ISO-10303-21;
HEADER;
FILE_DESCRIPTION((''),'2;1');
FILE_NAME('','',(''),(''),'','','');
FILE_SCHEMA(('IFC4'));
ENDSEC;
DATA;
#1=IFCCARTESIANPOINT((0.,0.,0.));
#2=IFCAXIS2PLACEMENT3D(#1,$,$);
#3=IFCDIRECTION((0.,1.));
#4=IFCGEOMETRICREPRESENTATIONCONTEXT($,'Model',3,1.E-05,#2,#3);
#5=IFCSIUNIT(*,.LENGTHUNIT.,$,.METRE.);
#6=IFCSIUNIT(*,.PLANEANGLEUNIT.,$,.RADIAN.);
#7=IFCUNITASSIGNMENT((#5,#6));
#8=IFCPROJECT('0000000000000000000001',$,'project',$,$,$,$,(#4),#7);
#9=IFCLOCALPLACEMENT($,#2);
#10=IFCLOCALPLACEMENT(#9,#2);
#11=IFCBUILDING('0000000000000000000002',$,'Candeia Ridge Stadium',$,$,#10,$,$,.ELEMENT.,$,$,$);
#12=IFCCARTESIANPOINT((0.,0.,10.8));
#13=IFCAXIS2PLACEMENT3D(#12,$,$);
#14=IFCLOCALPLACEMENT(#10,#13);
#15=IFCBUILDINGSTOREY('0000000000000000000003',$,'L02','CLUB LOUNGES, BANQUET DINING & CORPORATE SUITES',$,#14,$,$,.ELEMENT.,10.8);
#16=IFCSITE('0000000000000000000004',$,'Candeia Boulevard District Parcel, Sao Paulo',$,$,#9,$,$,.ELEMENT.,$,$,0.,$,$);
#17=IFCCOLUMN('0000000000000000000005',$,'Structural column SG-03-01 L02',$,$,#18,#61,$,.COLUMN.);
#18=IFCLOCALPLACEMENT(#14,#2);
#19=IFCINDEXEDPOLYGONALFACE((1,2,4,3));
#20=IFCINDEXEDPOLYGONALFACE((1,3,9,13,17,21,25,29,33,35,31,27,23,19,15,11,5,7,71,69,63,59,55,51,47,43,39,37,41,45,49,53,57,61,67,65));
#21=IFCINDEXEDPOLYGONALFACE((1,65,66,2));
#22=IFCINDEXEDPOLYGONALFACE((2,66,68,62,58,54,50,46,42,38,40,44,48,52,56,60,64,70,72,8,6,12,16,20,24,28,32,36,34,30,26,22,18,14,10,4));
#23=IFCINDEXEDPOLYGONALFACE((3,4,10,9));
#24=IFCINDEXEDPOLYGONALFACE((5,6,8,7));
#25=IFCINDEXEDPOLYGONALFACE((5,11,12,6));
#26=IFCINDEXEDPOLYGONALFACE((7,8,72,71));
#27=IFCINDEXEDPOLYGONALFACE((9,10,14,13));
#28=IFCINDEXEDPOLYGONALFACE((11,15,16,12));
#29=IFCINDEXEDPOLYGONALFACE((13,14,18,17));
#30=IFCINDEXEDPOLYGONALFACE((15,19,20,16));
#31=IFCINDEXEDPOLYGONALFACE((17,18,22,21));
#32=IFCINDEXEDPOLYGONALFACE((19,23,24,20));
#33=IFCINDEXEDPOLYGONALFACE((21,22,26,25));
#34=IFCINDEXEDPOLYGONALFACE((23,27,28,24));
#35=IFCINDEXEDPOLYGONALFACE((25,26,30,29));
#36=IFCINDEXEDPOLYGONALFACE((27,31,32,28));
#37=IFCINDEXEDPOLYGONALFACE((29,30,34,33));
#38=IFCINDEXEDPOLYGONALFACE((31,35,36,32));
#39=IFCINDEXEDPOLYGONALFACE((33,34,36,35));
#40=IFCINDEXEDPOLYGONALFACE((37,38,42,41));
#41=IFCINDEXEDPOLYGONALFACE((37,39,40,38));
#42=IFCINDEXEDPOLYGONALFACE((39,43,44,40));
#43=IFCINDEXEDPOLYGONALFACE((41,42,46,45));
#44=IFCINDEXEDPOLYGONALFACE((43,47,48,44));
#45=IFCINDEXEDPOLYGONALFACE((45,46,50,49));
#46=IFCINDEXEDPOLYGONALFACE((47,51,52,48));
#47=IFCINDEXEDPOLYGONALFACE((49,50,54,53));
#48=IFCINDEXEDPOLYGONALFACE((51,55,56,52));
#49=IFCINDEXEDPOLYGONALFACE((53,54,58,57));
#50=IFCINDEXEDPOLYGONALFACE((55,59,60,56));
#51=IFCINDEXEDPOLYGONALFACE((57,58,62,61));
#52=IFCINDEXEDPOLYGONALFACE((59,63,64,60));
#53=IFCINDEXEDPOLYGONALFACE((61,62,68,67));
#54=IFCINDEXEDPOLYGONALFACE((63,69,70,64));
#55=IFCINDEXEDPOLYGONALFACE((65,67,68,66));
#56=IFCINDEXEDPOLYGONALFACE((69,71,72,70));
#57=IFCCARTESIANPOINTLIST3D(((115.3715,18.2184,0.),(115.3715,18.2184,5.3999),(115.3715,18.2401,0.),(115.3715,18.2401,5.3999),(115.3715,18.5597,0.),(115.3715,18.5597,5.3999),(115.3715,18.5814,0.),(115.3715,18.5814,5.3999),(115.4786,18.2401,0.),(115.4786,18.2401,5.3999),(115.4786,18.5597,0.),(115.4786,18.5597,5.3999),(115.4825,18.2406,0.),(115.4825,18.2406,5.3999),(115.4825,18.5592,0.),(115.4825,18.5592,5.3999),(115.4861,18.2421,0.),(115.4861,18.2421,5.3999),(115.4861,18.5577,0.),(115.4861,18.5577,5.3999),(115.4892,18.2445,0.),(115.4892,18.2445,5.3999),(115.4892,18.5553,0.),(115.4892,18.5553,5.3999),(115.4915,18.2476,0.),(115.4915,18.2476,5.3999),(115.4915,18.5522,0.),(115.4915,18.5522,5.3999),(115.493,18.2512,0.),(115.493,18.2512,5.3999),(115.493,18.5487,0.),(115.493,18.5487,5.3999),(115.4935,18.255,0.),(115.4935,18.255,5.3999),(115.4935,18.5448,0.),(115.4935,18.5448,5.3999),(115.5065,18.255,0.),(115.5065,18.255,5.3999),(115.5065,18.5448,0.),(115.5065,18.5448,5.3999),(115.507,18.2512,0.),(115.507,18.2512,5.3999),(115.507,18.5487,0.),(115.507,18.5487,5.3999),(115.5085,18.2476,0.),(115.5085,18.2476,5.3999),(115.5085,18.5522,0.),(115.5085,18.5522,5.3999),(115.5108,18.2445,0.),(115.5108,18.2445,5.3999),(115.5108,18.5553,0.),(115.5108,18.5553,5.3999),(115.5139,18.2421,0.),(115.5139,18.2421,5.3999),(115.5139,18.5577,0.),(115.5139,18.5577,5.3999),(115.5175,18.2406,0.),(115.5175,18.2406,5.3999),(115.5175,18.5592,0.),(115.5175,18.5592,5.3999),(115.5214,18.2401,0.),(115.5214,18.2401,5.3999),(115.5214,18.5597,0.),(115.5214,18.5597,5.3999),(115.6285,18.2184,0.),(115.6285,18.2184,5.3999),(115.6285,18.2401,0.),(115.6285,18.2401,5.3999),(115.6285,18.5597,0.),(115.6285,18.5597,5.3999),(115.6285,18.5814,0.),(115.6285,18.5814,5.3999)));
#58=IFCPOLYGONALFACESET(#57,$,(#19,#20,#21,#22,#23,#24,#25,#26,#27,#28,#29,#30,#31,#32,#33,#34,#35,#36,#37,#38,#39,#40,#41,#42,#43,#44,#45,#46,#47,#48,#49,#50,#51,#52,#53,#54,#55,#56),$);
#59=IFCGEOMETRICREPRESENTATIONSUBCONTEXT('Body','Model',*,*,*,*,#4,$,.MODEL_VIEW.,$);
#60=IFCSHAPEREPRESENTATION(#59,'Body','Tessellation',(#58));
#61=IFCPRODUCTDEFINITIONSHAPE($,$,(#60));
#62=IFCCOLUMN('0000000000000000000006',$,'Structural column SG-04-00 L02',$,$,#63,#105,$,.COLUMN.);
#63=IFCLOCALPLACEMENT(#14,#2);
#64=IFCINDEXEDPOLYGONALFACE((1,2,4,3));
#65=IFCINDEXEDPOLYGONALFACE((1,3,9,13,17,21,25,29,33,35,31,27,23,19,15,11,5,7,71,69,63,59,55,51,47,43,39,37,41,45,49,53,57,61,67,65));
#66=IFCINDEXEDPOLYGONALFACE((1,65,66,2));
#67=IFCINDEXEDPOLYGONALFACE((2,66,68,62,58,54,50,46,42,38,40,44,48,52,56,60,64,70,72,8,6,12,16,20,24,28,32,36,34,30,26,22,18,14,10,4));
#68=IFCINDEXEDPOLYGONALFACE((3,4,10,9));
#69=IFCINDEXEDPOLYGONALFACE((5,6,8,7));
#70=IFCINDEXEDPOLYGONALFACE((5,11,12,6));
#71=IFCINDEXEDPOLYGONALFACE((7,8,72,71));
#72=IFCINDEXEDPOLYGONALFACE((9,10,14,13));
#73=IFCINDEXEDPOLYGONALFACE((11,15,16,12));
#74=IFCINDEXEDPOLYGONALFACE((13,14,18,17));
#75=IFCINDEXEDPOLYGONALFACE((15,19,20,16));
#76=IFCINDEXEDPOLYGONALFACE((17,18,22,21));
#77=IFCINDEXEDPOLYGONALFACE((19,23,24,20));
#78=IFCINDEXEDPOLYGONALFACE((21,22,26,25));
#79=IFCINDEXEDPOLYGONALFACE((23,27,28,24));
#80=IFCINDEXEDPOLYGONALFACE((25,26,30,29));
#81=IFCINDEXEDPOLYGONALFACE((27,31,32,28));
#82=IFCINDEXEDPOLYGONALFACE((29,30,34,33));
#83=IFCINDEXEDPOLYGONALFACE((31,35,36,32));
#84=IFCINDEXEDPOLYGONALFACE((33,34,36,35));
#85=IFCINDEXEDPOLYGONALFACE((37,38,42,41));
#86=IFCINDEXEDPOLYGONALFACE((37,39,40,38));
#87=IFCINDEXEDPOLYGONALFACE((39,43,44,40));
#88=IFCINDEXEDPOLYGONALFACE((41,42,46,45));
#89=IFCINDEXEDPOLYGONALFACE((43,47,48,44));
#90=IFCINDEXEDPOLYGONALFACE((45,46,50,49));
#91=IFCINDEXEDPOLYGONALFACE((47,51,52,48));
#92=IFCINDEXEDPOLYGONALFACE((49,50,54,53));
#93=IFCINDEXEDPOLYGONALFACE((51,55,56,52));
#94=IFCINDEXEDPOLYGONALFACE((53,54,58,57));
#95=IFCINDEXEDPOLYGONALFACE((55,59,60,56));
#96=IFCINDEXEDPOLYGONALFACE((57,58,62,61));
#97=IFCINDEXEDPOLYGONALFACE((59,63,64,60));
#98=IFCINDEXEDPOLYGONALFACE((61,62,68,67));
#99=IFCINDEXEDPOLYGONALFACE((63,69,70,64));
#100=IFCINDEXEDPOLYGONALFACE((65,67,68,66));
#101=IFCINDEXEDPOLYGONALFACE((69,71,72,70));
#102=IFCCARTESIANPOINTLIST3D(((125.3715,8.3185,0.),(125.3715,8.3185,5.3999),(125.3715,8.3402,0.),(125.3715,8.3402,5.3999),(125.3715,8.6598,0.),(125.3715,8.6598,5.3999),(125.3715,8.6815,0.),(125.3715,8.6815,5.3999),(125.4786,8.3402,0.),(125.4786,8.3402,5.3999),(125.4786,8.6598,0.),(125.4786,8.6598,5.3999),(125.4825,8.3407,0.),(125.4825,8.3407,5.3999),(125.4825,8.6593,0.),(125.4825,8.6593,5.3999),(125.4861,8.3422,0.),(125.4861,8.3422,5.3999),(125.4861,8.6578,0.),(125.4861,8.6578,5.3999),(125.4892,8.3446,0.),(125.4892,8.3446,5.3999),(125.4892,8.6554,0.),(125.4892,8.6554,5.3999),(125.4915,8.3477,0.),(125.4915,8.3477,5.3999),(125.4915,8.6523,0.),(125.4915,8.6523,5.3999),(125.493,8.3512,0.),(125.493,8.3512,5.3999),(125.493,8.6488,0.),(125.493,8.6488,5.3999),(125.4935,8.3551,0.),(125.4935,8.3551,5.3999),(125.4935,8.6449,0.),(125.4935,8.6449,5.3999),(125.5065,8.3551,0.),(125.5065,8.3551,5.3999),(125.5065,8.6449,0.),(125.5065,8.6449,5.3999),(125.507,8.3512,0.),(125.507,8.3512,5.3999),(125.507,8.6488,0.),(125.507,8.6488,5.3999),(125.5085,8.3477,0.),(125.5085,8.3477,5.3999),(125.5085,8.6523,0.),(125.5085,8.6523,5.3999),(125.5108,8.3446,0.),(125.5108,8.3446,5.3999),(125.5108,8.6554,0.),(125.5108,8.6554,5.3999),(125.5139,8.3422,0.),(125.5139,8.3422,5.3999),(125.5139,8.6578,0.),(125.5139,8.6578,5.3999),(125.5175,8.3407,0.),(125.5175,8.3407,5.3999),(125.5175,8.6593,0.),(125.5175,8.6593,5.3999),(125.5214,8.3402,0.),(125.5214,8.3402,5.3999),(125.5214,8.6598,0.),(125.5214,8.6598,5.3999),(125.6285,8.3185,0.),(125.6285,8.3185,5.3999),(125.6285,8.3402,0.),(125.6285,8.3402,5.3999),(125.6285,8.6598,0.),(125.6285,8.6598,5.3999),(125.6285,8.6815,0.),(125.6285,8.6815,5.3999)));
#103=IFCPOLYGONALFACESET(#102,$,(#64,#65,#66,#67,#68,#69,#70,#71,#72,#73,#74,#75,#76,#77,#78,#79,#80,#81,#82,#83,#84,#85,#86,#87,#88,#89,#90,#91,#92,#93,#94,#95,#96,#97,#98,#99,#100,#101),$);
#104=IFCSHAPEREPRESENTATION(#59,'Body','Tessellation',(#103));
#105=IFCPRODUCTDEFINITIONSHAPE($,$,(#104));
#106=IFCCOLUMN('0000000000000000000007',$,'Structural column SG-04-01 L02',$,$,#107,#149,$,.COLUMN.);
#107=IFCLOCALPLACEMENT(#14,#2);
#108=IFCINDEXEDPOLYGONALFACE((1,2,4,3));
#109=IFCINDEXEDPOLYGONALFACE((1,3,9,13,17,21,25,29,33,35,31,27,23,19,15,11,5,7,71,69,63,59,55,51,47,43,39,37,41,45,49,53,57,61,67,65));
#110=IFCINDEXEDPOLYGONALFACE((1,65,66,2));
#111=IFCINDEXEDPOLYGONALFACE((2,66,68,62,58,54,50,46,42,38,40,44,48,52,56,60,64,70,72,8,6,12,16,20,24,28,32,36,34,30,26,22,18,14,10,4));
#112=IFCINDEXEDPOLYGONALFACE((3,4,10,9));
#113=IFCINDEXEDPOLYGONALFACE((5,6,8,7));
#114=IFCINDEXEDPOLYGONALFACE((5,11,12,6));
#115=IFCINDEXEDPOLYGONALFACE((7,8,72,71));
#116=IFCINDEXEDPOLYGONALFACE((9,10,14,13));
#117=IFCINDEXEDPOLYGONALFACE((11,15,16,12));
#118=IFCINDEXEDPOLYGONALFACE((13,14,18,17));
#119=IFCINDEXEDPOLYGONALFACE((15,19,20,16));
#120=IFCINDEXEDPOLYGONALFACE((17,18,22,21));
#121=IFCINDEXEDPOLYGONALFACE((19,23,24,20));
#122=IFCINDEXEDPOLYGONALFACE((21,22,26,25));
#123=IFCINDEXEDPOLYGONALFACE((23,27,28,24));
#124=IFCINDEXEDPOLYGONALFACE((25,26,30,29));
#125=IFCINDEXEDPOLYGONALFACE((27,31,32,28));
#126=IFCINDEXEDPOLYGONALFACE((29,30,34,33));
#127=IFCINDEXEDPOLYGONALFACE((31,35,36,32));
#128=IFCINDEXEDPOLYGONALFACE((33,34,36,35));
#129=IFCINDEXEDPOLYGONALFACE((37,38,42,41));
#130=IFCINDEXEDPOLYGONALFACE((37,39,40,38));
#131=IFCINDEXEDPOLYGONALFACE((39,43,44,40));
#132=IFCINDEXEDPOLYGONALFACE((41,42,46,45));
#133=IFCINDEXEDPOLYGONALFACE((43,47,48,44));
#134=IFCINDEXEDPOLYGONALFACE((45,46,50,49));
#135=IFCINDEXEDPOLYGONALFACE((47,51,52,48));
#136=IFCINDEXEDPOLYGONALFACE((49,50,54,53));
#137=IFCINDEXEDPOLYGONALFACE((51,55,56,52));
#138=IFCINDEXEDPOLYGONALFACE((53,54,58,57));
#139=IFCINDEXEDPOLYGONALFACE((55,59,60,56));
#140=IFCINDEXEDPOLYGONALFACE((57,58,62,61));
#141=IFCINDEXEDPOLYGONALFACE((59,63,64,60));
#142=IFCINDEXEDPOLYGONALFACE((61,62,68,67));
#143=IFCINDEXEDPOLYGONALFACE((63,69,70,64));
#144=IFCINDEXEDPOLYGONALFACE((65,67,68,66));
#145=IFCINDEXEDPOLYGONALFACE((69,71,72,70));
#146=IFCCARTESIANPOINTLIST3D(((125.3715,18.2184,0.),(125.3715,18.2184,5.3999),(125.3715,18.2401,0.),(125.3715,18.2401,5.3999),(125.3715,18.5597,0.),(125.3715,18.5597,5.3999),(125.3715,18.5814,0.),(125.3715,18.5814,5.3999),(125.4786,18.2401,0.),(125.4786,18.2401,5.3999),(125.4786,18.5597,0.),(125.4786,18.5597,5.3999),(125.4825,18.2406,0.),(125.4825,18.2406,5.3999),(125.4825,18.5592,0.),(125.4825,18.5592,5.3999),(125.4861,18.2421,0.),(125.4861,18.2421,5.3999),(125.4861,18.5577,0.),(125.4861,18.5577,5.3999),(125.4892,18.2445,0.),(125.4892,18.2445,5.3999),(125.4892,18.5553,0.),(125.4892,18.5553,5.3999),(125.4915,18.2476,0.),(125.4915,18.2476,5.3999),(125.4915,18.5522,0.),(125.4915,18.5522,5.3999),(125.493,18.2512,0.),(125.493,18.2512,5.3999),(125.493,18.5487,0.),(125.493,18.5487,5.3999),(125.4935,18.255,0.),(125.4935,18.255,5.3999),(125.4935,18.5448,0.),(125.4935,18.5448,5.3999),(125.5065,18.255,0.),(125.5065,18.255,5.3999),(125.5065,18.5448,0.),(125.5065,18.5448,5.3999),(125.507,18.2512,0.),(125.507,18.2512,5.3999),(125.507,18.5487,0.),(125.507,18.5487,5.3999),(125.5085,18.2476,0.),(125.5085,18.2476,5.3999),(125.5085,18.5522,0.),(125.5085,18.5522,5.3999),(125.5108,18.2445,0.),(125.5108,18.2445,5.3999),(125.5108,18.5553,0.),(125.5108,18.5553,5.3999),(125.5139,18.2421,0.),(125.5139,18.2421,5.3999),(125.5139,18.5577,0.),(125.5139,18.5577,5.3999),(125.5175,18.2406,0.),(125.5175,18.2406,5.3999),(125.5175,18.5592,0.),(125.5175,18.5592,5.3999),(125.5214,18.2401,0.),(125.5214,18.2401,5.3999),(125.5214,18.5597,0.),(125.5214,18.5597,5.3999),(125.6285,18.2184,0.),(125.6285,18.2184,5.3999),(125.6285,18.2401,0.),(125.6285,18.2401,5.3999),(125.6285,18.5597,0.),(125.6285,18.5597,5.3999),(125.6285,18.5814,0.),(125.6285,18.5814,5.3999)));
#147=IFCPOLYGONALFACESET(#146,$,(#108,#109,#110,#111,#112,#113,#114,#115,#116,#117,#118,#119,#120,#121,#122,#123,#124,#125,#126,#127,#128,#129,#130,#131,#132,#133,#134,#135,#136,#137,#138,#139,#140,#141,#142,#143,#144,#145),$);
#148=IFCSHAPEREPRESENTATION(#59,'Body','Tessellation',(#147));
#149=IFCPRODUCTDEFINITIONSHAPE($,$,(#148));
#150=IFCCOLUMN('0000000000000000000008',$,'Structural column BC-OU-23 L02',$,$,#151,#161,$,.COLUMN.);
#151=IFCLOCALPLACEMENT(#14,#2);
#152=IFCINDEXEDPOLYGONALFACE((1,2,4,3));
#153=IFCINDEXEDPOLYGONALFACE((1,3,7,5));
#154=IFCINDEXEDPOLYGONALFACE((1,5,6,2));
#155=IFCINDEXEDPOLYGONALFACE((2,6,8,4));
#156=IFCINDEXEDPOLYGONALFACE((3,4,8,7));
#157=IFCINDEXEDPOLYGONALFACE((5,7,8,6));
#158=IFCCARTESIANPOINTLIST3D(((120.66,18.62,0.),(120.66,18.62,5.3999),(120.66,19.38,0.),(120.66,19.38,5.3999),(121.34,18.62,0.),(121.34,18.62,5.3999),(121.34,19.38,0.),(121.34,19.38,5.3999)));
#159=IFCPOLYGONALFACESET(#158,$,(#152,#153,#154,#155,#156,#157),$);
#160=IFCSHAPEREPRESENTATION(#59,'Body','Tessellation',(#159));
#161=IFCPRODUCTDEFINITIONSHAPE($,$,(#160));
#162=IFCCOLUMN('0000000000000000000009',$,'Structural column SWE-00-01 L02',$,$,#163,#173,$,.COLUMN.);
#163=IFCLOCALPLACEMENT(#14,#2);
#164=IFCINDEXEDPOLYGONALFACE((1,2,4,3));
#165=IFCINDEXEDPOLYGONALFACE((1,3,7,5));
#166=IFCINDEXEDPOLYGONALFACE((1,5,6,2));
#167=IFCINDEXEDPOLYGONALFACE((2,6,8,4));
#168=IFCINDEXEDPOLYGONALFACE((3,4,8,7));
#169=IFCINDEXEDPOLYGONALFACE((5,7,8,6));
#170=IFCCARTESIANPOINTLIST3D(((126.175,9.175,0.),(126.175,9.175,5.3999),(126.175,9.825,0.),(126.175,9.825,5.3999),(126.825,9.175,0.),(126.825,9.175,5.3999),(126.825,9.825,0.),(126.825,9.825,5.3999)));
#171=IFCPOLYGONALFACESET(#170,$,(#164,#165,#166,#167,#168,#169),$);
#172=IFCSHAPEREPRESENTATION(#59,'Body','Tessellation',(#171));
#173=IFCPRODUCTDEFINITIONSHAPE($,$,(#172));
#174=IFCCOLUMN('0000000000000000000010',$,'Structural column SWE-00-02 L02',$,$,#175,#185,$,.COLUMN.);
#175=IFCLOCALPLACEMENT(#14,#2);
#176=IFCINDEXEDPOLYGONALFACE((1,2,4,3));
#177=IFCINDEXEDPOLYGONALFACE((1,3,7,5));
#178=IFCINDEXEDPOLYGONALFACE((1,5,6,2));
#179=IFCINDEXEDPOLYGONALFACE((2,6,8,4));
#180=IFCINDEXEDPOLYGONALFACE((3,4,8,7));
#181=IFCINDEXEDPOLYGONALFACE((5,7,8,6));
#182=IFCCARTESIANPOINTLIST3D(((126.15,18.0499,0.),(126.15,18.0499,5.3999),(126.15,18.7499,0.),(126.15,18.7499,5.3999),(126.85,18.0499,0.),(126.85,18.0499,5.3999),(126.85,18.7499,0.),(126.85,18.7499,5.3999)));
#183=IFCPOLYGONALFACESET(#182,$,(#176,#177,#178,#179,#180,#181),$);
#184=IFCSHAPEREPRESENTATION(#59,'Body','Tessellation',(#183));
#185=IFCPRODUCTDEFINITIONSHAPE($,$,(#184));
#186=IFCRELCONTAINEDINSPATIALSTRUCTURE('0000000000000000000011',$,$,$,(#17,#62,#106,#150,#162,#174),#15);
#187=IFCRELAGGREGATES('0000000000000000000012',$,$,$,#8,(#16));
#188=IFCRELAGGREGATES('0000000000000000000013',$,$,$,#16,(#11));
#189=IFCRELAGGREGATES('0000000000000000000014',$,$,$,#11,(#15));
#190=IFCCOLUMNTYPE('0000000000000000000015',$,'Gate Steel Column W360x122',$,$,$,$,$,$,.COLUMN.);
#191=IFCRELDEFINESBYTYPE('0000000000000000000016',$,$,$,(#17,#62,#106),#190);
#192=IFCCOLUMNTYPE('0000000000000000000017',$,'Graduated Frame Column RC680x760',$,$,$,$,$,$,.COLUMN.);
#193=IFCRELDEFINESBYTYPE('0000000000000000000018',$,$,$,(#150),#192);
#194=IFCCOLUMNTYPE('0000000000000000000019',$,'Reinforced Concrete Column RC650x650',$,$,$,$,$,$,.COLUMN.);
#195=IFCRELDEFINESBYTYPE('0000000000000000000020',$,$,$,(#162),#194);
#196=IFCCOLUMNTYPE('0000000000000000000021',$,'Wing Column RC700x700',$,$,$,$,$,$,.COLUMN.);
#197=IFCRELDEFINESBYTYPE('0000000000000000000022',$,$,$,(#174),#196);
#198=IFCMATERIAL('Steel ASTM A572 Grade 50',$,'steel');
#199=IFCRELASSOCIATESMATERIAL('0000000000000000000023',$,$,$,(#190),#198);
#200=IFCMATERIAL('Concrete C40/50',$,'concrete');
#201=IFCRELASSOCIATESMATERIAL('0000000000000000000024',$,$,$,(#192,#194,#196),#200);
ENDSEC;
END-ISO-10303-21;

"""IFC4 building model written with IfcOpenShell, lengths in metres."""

from ifc_helpers import new_model, si_unit, direction, frame, origin, origin_2d, place, context, subcontext, project, spatial, rectangle, i_section, extrude, material, material_profile, profile_set, type_object, element, save


model = new_model("IFC4")

# Units and contexts
model_context = context("Model", 3, precision=1e-05, world=origin(), true_north=direction((0.0, 1.0)))
body_context = subcontext(model_context, "Body", "Model", "MODEL_VIEW")
ifc_project = project(units=[si_unit("LENGTHUNIT", "METRE"), si_unit("PLANEANGLEUNIT", "RADIAN")], contexts=[model_context])

# Site, building, storey
site_placement = place(None, origin())
site = spatial("IfcSite", under=ifc_project, at=site_placement, Name="Candeia Boulevard District Parcel, Sao Paulo", CompositionType="ELEMENT", RefElevation=0.0)
building_placement = place(site_placement, origin())
building = spatial("IfcBuilding", under=site, at=building_placement, Name="Candeia Ridge Stadium", CompositionType="ELEMENT")
storey_placement = place(building_placement, frame((0.0, 0.0, 10.8)))
storey = spatial("IfcBuildingStorey", under=building, at=storey_placement, Name="L02", Description="CLUB LOUNGES, BANQUET DINING & CORPORATE SUITES", CompositionType="ELEMENT", Elevation=10.8)

# Columns
ifc_material_1 = material(Name="Steel ASTM A572 Grade 50", Category="steel")
ifc_material_profile_1 = material_profile(ifc_material_1, i_section(OverallWidth=0.2571, OverallDepth=0.363, WebThickness=0.0129, FlangeThickness=0.0217, FilletRadius=0.0149, at=origin_2d()), Name="W360x122", Category="steel")
ifc_profile_set_1 = profile_set([ifc_material_profile_1], Name="Steel ASTM A572 Grade 50")
column_type_1 = type_object("IfcColumnType", Name="Gate Steel Column W360x122", PredefinedType="COLUMN", material=ifc_profile_set_1)
for number, where, z_axis, x_axis, name in (
    (1, (115.5, 18.3999, 0.0), (0.0, 0.0, 1.0), (1.0, 0.0, 0.0), "Structural column SG-03-01 L02"),
    (2, (125.5, 8.5, 0.0), (0.0, 0.0, 1.0), (1.0, 0.0, 0.0), "Structural column SG-04-00 L02"),
    (3, (125.5, 18.3999, 0.0), (0.0, 0.0, 1.0), (1.0, 0.0, 0.0), "Structural column SG-04-01 L02"),
):
    element("IfcColumn", number, at=place(storey_placement, frame(where, z_axis=z_axis, x_axis=x_axis)), inside=storey, type_object=column_type_1, Name=name, PredefinedType="COLUMN", context=body_context, shape_type="SweptSolid", body=[
        extrude(i_section(OverallWidth=0.2571, OverallDepth=0.363, WebThickness=0.0129, FlangeThickness=0.0217, FilletRadius=0.0149, at=origin_2d()), origin(), (0.0, 0.0, 1.0), 5.3999),
    ])
ifc_material_2 = material(Name="Concrete C40/50", Category="concrete")
ifc_material_profile_2 = material_profile(ifc_material_2, rectangle(XDim=0.6799, YDim=0.76, at=origin_2d()), Name="RC680x760", Category="concrete")
ifc_profile_set_2 = profile_set([ifc_material_profile_2], Name="Concrete C40/50")
column_type_2 = type_object("IfcColumnType", Name="Graduated Frame Column RC680x760", PredefinedType="COLUMN", material=ifc_profile_set_2)
column_1_placement = place(storey_placement, frame((121.0, 19.0, 0.0), z_axis=(0.0, 0.0, 1.0), x_axis=(1.0, 0.0, 0.0)))
element("IfcColumn", 4, at=column_1_placement, inside=storey, type_object=column_type_2, Name="Structural column BC-OU-23 L02", PredefinedType="COLUMN", context=body_context, shape_type="SweptSolid", body=[
    extrude(rectangle(XDim=0.6799, YDim=0.76, at=origin_2d()), origin(), (0.0, 0.0, 1.0), 5.3999),
])
ifc_material_profile_3 = material_profile(ifc_material_2, rectangle(XDim=0.6499, YDim=0.6499, at=origin_2d()), Name="RC650x650", Category="concrete")
ifc_profile_set_3 = profile_set([ifc_material_profile_3], Name="Concrete C40/50")
column_type_3 = type_object("IfcColumnType", Name="Reinforced Concrete Column RC650x650", PredefinedType="COLUMN", material=ifc_profile_set_3)
column_2_placement = place(storey_placement, frame((126.5, 9.5, 0.0), z_axis=(0.0, 0.0, 1.0), x_axis=(1.0, 0.0, 0.0)))
element("IfcColumn", 5, at=column_2_placement, inside=storey, type_object=column_type_3, Name="Structural column SWE-00-01 L02", PredefinedType="COLUMN", context=body_context, shape_type="SweptSolid", body=[
    extrude(rectangle(XDim=0.6499, YDim=0.6499, at=origin_2d()), origin(), (0.0, 0.0, 1.0), 5.3999),
])
ifc_material_profile_4 = material_profile(ifc_material_2, rectangle(XDim=0.7, YDim=0.7, at=origin_2d()), Name="RC700x700", Category="concrete")
ifc_profile_set_4 = profile_set([ifc_material_profile_4], Name="Concrete C40/50")
column_type_4 = type_object("IfcColumnType", Name="Wing Column RC700x700", PredefinedType="COLUMN", material=ifc_profile_set_4)
column_3_placement = place(storey_placement, frame((126.5, 18.3999, 0.0), z_axis=(0.0, 0.0, 1.0), x_axis=(1.0, 0.0, 0.0)))
element("IfcColumn", 6, at=column_3_placement, inside=storey, type_object=column_type_4, Name="Structural column SWE-00-02 L02", PredefinedType="COLUMN", context=body_context, shape_type="SweptSolid", body=[
    extrude(rectangle(XDim=0.7, YDim=0.7, at=origin_2d()), origin(), (0.0, 0.0, 1.0), 5.3999),
])

save(model, "model.ifc")
